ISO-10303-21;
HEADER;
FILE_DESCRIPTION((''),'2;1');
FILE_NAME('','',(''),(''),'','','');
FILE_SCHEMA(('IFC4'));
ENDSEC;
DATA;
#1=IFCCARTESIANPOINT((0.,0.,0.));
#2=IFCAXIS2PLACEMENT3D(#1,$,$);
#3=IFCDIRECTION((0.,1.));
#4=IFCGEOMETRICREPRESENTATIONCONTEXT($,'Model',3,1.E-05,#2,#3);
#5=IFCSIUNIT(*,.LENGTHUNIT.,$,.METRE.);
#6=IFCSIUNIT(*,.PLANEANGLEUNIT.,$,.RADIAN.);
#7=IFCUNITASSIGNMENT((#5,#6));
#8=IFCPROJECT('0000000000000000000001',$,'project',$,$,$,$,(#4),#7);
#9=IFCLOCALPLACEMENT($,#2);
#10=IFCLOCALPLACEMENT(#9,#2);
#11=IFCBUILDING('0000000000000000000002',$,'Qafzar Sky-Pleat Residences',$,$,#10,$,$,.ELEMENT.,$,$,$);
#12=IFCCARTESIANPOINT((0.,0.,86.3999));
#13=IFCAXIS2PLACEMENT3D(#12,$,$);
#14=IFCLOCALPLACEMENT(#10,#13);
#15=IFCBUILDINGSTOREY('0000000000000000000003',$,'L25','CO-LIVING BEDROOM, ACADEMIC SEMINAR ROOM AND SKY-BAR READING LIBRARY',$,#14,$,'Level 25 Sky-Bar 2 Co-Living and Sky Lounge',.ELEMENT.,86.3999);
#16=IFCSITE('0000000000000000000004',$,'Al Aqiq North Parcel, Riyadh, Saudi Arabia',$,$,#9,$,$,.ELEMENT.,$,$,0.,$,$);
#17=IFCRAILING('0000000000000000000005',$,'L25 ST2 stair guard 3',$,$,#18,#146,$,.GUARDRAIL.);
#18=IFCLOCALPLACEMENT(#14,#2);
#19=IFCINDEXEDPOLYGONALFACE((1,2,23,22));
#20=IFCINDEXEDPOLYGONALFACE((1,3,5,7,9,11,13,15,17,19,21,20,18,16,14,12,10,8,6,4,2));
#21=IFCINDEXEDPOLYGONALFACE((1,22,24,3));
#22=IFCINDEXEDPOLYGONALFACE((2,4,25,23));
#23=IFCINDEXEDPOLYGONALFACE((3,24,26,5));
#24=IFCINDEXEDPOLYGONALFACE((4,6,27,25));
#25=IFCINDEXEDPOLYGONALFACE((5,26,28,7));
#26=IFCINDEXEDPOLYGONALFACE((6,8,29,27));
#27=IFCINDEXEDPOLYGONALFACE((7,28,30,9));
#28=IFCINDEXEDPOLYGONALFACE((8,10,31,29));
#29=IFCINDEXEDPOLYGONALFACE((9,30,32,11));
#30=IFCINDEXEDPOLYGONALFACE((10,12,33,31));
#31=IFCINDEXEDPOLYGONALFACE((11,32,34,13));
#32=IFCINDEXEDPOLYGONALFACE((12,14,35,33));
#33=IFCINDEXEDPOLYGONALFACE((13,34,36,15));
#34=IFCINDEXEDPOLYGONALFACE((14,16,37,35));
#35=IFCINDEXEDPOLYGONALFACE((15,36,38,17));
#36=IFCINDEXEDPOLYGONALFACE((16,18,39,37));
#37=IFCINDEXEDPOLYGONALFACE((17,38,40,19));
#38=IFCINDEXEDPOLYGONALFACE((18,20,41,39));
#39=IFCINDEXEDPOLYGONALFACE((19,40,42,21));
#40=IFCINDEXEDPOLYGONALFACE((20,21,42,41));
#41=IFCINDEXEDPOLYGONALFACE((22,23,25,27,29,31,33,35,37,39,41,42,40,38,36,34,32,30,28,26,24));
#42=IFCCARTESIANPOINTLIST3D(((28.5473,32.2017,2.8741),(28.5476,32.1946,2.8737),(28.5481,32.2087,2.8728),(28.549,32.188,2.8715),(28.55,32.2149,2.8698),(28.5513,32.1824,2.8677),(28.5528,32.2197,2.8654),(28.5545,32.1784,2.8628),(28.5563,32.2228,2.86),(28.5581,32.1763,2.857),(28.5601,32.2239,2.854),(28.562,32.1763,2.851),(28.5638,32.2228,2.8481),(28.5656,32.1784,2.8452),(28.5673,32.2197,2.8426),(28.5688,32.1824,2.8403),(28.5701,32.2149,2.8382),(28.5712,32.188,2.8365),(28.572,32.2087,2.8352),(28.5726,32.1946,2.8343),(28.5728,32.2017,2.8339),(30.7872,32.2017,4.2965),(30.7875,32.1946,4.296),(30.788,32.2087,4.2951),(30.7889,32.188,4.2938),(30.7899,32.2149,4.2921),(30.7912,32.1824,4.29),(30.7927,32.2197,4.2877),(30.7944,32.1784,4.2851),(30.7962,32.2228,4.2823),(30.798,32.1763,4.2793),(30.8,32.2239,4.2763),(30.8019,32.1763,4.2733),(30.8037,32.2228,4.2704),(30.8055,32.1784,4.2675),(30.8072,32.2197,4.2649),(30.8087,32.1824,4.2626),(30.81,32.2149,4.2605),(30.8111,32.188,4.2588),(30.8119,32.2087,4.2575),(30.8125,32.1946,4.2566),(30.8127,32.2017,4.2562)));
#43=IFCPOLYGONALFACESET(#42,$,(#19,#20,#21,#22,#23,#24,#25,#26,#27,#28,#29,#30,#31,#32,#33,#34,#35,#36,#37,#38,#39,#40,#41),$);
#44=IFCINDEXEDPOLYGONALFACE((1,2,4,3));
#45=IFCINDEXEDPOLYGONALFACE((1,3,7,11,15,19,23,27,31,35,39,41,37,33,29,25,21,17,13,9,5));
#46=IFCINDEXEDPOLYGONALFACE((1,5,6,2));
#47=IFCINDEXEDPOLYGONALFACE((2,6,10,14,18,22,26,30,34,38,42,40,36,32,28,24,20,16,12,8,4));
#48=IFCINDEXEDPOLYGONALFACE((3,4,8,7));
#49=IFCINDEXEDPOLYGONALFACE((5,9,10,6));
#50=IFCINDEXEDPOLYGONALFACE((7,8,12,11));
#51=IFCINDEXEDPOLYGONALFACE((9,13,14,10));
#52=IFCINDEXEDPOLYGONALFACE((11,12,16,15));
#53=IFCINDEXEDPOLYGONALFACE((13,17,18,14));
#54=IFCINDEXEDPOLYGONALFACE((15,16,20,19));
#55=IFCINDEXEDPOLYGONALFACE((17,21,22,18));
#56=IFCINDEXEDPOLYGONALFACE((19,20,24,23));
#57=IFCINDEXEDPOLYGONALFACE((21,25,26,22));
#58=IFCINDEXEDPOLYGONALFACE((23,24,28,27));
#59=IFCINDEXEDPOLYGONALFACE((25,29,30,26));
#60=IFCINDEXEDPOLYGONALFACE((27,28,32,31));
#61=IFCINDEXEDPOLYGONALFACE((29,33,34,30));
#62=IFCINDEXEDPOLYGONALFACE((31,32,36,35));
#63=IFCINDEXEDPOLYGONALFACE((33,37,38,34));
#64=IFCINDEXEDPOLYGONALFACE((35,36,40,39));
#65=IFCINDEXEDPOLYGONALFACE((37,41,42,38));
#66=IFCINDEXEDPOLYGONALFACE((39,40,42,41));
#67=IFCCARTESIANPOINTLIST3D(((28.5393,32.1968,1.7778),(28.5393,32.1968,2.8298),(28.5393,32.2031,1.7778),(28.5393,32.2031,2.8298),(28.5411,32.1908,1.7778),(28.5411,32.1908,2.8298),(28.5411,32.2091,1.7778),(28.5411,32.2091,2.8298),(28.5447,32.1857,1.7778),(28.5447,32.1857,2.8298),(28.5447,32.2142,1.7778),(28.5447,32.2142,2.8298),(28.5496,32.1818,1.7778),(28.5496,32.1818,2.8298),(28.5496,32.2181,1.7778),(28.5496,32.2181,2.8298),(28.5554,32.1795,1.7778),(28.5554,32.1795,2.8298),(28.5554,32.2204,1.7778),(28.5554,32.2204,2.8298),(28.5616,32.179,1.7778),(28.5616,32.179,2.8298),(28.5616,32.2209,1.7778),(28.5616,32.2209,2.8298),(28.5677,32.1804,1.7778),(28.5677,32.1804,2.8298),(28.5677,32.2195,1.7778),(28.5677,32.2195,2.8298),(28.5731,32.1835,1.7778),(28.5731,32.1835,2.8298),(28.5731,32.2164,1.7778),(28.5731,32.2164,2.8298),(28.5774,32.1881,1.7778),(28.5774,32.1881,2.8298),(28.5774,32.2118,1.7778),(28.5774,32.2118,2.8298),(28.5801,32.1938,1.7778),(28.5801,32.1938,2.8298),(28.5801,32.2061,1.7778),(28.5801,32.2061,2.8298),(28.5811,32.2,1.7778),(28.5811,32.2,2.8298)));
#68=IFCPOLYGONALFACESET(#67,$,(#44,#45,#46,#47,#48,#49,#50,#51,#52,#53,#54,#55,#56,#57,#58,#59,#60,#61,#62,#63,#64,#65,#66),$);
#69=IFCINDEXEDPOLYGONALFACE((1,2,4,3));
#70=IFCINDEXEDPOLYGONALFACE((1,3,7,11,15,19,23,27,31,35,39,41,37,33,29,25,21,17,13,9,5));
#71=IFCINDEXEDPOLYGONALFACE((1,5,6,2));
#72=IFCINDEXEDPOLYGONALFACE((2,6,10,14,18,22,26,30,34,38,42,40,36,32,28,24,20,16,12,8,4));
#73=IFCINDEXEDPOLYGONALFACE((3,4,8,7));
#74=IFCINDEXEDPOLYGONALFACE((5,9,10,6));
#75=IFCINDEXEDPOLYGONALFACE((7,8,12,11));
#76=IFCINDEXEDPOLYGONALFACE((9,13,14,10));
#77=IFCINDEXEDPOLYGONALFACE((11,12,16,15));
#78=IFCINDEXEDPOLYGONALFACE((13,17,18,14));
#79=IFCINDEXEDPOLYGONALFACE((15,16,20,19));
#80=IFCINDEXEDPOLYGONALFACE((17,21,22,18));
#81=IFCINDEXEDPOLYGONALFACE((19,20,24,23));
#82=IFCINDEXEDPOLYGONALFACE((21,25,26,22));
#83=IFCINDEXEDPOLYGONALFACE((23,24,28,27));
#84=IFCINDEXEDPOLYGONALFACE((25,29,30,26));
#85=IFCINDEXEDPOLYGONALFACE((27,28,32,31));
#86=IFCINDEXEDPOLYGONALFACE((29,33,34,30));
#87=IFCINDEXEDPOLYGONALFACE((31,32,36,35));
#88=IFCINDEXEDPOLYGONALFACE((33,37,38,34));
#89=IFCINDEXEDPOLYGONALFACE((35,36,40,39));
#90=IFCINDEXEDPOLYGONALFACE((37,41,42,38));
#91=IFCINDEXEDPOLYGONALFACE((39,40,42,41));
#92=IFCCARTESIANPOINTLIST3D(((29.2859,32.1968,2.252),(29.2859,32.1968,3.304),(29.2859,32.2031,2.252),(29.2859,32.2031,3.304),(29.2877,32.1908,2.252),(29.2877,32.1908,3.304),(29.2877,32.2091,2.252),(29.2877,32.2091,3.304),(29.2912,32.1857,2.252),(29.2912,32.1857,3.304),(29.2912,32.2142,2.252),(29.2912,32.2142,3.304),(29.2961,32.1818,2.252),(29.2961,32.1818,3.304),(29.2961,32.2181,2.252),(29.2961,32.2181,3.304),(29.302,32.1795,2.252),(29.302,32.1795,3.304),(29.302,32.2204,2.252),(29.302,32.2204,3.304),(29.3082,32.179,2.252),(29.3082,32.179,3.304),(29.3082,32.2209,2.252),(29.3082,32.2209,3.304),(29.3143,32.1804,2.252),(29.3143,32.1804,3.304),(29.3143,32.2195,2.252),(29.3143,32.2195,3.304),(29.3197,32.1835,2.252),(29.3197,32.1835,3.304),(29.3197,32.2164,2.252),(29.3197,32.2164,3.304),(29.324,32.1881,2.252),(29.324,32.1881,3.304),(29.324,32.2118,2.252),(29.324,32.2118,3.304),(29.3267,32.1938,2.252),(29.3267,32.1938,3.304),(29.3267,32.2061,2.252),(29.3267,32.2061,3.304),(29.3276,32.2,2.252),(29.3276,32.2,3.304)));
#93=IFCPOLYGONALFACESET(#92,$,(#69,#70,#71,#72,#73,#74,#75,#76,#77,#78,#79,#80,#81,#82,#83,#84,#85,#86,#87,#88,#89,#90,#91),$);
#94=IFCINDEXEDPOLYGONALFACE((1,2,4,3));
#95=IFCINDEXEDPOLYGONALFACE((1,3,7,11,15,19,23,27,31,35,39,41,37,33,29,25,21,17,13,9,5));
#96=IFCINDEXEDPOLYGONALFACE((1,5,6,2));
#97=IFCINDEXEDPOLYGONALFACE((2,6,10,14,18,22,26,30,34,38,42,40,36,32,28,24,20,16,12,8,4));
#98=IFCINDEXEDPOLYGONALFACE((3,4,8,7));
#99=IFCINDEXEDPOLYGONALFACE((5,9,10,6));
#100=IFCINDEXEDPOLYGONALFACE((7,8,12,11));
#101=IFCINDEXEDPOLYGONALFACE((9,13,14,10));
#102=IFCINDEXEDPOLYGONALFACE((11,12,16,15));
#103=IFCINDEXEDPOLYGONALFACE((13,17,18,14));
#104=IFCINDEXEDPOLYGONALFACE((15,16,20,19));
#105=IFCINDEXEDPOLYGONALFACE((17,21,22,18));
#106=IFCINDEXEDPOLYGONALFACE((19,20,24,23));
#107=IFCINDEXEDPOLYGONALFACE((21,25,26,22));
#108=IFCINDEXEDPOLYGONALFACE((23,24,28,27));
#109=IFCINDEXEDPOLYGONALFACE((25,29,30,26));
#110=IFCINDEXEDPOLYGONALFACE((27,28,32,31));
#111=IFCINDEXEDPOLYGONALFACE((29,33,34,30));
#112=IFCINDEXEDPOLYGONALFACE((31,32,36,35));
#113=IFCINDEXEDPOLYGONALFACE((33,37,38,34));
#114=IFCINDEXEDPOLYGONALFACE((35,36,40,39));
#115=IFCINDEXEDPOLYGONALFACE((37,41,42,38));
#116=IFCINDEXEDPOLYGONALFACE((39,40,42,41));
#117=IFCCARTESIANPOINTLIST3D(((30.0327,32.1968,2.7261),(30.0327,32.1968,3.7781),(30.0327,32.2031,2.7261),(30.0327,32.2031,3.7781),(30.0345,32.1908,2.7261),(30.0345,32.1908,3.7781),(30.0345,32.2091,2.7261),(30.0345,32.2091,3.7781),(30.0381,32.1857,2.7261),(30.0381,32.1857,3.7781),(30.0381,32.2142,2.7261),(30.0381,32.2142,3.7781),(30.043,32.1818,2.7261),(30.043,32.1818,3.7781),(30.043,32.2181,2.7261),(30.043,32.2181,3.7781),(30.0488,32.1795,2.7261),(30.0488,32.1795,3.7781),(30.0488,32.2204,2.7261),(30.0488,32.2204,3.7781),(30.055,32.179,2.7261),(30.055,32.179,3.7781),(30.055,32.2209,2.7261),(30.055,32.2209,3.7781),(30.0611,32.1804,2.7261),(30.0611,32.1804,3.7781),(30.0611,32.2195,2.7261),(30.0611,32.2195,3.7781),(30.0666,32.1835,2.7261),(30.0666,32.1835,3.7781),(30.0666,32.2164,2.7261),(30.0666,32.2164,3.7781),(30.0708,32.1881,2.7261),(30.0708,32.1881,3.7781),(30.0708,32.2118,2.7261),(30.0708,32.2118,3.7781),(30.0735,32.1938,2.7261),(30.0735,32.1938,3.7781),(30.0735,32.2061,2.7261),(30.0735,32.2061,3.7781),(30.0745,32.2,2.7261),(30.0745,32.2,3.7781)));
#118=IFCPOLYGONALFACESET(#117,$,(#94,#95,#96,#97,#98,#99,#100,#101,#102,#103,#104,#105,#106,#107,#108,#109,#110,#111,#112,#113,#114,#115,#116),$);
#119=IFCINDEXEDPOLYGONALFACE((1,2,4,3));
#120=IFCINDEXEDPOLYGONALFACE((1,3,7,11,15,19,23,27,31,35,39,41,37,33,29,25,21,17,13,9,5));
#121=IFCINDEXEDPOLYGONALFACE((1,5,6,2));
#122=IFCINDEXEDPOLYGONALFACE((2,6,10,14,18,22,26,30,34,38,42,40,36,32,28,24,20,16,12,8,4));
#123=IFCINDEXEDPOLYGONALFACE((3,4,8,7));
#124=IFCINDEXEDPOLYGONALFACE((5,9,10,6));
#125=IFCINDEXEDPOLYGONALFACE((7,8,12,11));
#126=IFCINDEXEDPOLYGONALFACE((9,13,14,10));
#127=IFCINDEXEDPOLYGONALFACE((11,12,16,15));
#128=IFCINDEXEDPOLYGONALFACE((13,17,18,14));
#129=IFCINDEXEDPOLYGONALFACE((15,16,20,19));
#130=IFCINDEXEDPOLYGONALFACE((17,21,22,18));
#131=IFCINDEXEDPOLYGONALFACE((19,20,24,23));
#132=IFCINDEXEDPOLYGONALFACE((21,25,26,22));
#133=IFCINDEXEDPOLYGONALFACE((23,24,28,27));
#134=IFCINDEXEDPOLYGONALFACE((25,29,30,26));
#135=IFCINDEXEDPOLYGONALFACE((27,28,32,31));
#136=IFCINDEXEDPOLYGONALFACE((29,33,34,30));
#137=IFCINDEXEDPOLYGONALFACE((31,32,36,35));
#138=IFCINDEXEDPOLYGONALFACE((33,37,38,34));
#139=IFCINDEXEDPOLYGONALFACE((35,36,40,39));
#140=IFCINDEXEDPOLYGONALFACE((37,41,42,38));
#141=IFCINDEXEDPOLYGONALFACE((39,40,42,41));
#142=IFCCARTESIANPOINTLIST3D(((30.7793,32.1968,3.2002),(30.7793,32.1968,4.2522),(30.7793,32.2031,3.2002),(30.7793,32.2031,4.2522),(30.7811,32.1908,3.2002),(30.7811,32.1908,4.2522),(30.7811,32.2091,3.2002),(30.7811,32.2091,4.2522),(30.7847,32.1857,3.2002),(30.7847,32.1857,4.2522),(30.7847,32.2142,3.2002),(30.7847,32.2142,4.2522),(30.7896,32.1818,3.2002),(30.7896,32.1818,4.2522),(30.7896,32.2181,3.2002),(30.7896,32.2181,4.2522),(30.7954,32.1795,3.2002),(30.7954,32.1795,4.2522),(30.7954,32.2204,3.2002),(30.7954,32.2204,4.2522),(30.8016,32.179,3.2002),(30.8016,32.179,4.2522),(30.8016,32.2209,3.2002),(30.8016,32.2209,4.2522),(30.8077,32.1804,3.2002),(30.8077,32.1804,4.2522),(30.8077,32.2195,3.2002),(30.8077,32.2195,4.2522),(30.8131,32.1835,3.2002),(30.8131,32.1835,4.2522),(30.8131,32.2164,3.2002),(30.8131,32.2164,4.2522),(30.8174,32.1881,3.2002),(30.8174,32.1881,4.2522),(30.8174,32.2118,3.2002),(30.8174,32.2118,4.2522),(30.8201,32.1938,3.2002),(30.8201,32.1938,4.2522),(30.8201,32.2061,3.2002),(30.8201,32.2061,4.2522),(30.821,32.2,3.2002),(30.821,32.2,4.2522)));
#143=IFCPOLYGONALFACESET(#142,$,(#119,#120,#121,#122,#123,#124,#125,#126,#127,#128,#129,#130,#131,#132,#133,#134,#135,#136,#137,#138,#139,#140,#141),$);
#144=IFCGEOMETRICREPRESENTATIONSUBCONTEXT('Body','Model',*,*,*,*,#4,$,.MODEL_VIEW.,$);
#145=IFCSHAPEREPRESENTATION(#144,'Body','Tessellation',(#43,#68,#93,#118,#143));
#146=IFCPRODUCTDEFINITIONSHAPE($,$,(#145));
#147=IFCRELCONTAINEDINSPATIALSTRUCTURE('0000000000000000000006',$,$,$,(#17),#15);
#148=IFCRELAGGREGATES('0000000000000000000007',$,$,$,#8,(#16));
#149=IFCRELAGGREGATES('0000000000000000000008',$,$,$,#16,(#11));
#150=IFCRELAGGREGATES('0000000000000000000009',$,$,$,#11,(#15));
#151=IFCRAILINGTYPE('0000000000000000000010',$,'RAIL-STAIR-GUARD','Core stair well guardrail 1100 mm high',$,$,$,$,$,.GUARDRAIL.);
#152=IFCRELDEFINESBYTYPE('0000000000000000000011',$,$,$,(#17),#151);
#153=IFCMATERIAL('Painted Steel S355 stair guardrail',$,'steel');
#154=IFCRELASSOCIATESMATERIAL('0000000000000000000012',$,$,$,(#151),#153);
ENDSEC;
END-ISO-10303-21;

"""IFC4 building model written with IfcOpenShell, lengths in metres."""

from ifc_helpers import new_model, si_unit, direction, frame, origin, origin_2d, place, context, subcontext, project, spatial, circle, extrude, source, transform, mapped, material, type_object, element, save


model = new_model("IFC4")

# Units and contexts
model_context = context("Model", 3, precision=1e-05, world=origin(), true_north=direction((0.0, 1.0)))
body_context = subcontext(model_context, "Body", "Model", "MODEL_VIEW")
ifc_project = project(units=[si_unit("LENGTHUNIT", "METRE"), si_unit("PLANEANGLEUNIT", "RADIAN")], contexts=[model_context])

# Site, building, storey
site_placement = place(None, origin())
site = spatial("IfcSite", under=ifc_project, at=site_placement, Name="Al Aqiq North Parcel, Riyadh, Saudi Arabia", CompositionType="ELEMENT", RefElevation=0.0)
building_placement = place(site_placement, origin())
building = spatial("IfcBuilding", under=site, at=building_placement, Name="Qafzar Sky-Pleat Residences", CompositionType="ELEMENT")
storey_placement = place(building_placement, frame((0.0, 0.0, 86.3999)))
storey = spatial("IfcBuildingStorey", under=building, at=storey_placement, Name="L25", Description="CO-LIVING BEDROOM, ACADEMIC SEMINAR ROOM AND SKY-BAR READING LIBRARY", LongName="Level 25 Sky-Bar 2 Co-Living and Sky Lounge", CompositionType="ELEMENT", Elevation=86.3999)

# Railing
ifc_material_1 = material(Name="Painted Steel S355 stair guardrail", Category="steel")
railing_type_1 = type_object("IfcRailingType", Name="RAIL-STAIR-GUARD", Description="Core stair well guardrail 1100 mm high", PredefinedType="GUARDRAIL", material=ifc_material_1)
shared_shape_1 = source(origin(), body_context, "Body", "SweptSolid", [
    extrude(circle(Radius=0.0239, at=origin_2d()), frame((0.0, 0.0, 1.0762), z_axis=(0.844188, 0.0, 0.536048), x_axis=(0.0, 1.0, 0.0)), (0.0, 0.0, 1.0), 2.6533),
    extrude(circle(Radius=0.021, at=origin_2d()), origin(), (0.0, 0.0, 1.0), 1.052),
    extrude(circle(Radius=0.021, at=origin_2d()), frame((0.7466, 0.0, 0.4741)), (0.0, 0.0, 1.0), 1.052),
    extrude(circle(Radius=0.021, at=origin_2d()), frame((1.4934, 0.0, 0.9482)), (0.0, 0.0, 1.0), 1.052),
    extrude(circle(Radius=0.021, at=origin_2d()), frame((2.24, 0.0, 1.4224)), (0.0, 0.0, 1.0), 1.052),
])
railing_1_placement = place(storey_placement, frame((28.5601, 32.2, 1.7778)))
element("IfcRailing", 1, at=railing_1_placement, inside=storey, type_object=railing_type_1, Name="L25 ST2 stair guard 3", PredefinedType="GUARDRAIL", context=body_context, shape_type="MappedRepresentation", body=[
    mapped(shared_shape_1, transform((0.0, 0.0, 0.0), x_axis=(1.0, 0.0, 0.0), y_axis=(0.0, 1.0, 0.0), z_axis=(0.0, 0.0, 1.0), scale=1.0)),
])

save(model, "model.ifc")
